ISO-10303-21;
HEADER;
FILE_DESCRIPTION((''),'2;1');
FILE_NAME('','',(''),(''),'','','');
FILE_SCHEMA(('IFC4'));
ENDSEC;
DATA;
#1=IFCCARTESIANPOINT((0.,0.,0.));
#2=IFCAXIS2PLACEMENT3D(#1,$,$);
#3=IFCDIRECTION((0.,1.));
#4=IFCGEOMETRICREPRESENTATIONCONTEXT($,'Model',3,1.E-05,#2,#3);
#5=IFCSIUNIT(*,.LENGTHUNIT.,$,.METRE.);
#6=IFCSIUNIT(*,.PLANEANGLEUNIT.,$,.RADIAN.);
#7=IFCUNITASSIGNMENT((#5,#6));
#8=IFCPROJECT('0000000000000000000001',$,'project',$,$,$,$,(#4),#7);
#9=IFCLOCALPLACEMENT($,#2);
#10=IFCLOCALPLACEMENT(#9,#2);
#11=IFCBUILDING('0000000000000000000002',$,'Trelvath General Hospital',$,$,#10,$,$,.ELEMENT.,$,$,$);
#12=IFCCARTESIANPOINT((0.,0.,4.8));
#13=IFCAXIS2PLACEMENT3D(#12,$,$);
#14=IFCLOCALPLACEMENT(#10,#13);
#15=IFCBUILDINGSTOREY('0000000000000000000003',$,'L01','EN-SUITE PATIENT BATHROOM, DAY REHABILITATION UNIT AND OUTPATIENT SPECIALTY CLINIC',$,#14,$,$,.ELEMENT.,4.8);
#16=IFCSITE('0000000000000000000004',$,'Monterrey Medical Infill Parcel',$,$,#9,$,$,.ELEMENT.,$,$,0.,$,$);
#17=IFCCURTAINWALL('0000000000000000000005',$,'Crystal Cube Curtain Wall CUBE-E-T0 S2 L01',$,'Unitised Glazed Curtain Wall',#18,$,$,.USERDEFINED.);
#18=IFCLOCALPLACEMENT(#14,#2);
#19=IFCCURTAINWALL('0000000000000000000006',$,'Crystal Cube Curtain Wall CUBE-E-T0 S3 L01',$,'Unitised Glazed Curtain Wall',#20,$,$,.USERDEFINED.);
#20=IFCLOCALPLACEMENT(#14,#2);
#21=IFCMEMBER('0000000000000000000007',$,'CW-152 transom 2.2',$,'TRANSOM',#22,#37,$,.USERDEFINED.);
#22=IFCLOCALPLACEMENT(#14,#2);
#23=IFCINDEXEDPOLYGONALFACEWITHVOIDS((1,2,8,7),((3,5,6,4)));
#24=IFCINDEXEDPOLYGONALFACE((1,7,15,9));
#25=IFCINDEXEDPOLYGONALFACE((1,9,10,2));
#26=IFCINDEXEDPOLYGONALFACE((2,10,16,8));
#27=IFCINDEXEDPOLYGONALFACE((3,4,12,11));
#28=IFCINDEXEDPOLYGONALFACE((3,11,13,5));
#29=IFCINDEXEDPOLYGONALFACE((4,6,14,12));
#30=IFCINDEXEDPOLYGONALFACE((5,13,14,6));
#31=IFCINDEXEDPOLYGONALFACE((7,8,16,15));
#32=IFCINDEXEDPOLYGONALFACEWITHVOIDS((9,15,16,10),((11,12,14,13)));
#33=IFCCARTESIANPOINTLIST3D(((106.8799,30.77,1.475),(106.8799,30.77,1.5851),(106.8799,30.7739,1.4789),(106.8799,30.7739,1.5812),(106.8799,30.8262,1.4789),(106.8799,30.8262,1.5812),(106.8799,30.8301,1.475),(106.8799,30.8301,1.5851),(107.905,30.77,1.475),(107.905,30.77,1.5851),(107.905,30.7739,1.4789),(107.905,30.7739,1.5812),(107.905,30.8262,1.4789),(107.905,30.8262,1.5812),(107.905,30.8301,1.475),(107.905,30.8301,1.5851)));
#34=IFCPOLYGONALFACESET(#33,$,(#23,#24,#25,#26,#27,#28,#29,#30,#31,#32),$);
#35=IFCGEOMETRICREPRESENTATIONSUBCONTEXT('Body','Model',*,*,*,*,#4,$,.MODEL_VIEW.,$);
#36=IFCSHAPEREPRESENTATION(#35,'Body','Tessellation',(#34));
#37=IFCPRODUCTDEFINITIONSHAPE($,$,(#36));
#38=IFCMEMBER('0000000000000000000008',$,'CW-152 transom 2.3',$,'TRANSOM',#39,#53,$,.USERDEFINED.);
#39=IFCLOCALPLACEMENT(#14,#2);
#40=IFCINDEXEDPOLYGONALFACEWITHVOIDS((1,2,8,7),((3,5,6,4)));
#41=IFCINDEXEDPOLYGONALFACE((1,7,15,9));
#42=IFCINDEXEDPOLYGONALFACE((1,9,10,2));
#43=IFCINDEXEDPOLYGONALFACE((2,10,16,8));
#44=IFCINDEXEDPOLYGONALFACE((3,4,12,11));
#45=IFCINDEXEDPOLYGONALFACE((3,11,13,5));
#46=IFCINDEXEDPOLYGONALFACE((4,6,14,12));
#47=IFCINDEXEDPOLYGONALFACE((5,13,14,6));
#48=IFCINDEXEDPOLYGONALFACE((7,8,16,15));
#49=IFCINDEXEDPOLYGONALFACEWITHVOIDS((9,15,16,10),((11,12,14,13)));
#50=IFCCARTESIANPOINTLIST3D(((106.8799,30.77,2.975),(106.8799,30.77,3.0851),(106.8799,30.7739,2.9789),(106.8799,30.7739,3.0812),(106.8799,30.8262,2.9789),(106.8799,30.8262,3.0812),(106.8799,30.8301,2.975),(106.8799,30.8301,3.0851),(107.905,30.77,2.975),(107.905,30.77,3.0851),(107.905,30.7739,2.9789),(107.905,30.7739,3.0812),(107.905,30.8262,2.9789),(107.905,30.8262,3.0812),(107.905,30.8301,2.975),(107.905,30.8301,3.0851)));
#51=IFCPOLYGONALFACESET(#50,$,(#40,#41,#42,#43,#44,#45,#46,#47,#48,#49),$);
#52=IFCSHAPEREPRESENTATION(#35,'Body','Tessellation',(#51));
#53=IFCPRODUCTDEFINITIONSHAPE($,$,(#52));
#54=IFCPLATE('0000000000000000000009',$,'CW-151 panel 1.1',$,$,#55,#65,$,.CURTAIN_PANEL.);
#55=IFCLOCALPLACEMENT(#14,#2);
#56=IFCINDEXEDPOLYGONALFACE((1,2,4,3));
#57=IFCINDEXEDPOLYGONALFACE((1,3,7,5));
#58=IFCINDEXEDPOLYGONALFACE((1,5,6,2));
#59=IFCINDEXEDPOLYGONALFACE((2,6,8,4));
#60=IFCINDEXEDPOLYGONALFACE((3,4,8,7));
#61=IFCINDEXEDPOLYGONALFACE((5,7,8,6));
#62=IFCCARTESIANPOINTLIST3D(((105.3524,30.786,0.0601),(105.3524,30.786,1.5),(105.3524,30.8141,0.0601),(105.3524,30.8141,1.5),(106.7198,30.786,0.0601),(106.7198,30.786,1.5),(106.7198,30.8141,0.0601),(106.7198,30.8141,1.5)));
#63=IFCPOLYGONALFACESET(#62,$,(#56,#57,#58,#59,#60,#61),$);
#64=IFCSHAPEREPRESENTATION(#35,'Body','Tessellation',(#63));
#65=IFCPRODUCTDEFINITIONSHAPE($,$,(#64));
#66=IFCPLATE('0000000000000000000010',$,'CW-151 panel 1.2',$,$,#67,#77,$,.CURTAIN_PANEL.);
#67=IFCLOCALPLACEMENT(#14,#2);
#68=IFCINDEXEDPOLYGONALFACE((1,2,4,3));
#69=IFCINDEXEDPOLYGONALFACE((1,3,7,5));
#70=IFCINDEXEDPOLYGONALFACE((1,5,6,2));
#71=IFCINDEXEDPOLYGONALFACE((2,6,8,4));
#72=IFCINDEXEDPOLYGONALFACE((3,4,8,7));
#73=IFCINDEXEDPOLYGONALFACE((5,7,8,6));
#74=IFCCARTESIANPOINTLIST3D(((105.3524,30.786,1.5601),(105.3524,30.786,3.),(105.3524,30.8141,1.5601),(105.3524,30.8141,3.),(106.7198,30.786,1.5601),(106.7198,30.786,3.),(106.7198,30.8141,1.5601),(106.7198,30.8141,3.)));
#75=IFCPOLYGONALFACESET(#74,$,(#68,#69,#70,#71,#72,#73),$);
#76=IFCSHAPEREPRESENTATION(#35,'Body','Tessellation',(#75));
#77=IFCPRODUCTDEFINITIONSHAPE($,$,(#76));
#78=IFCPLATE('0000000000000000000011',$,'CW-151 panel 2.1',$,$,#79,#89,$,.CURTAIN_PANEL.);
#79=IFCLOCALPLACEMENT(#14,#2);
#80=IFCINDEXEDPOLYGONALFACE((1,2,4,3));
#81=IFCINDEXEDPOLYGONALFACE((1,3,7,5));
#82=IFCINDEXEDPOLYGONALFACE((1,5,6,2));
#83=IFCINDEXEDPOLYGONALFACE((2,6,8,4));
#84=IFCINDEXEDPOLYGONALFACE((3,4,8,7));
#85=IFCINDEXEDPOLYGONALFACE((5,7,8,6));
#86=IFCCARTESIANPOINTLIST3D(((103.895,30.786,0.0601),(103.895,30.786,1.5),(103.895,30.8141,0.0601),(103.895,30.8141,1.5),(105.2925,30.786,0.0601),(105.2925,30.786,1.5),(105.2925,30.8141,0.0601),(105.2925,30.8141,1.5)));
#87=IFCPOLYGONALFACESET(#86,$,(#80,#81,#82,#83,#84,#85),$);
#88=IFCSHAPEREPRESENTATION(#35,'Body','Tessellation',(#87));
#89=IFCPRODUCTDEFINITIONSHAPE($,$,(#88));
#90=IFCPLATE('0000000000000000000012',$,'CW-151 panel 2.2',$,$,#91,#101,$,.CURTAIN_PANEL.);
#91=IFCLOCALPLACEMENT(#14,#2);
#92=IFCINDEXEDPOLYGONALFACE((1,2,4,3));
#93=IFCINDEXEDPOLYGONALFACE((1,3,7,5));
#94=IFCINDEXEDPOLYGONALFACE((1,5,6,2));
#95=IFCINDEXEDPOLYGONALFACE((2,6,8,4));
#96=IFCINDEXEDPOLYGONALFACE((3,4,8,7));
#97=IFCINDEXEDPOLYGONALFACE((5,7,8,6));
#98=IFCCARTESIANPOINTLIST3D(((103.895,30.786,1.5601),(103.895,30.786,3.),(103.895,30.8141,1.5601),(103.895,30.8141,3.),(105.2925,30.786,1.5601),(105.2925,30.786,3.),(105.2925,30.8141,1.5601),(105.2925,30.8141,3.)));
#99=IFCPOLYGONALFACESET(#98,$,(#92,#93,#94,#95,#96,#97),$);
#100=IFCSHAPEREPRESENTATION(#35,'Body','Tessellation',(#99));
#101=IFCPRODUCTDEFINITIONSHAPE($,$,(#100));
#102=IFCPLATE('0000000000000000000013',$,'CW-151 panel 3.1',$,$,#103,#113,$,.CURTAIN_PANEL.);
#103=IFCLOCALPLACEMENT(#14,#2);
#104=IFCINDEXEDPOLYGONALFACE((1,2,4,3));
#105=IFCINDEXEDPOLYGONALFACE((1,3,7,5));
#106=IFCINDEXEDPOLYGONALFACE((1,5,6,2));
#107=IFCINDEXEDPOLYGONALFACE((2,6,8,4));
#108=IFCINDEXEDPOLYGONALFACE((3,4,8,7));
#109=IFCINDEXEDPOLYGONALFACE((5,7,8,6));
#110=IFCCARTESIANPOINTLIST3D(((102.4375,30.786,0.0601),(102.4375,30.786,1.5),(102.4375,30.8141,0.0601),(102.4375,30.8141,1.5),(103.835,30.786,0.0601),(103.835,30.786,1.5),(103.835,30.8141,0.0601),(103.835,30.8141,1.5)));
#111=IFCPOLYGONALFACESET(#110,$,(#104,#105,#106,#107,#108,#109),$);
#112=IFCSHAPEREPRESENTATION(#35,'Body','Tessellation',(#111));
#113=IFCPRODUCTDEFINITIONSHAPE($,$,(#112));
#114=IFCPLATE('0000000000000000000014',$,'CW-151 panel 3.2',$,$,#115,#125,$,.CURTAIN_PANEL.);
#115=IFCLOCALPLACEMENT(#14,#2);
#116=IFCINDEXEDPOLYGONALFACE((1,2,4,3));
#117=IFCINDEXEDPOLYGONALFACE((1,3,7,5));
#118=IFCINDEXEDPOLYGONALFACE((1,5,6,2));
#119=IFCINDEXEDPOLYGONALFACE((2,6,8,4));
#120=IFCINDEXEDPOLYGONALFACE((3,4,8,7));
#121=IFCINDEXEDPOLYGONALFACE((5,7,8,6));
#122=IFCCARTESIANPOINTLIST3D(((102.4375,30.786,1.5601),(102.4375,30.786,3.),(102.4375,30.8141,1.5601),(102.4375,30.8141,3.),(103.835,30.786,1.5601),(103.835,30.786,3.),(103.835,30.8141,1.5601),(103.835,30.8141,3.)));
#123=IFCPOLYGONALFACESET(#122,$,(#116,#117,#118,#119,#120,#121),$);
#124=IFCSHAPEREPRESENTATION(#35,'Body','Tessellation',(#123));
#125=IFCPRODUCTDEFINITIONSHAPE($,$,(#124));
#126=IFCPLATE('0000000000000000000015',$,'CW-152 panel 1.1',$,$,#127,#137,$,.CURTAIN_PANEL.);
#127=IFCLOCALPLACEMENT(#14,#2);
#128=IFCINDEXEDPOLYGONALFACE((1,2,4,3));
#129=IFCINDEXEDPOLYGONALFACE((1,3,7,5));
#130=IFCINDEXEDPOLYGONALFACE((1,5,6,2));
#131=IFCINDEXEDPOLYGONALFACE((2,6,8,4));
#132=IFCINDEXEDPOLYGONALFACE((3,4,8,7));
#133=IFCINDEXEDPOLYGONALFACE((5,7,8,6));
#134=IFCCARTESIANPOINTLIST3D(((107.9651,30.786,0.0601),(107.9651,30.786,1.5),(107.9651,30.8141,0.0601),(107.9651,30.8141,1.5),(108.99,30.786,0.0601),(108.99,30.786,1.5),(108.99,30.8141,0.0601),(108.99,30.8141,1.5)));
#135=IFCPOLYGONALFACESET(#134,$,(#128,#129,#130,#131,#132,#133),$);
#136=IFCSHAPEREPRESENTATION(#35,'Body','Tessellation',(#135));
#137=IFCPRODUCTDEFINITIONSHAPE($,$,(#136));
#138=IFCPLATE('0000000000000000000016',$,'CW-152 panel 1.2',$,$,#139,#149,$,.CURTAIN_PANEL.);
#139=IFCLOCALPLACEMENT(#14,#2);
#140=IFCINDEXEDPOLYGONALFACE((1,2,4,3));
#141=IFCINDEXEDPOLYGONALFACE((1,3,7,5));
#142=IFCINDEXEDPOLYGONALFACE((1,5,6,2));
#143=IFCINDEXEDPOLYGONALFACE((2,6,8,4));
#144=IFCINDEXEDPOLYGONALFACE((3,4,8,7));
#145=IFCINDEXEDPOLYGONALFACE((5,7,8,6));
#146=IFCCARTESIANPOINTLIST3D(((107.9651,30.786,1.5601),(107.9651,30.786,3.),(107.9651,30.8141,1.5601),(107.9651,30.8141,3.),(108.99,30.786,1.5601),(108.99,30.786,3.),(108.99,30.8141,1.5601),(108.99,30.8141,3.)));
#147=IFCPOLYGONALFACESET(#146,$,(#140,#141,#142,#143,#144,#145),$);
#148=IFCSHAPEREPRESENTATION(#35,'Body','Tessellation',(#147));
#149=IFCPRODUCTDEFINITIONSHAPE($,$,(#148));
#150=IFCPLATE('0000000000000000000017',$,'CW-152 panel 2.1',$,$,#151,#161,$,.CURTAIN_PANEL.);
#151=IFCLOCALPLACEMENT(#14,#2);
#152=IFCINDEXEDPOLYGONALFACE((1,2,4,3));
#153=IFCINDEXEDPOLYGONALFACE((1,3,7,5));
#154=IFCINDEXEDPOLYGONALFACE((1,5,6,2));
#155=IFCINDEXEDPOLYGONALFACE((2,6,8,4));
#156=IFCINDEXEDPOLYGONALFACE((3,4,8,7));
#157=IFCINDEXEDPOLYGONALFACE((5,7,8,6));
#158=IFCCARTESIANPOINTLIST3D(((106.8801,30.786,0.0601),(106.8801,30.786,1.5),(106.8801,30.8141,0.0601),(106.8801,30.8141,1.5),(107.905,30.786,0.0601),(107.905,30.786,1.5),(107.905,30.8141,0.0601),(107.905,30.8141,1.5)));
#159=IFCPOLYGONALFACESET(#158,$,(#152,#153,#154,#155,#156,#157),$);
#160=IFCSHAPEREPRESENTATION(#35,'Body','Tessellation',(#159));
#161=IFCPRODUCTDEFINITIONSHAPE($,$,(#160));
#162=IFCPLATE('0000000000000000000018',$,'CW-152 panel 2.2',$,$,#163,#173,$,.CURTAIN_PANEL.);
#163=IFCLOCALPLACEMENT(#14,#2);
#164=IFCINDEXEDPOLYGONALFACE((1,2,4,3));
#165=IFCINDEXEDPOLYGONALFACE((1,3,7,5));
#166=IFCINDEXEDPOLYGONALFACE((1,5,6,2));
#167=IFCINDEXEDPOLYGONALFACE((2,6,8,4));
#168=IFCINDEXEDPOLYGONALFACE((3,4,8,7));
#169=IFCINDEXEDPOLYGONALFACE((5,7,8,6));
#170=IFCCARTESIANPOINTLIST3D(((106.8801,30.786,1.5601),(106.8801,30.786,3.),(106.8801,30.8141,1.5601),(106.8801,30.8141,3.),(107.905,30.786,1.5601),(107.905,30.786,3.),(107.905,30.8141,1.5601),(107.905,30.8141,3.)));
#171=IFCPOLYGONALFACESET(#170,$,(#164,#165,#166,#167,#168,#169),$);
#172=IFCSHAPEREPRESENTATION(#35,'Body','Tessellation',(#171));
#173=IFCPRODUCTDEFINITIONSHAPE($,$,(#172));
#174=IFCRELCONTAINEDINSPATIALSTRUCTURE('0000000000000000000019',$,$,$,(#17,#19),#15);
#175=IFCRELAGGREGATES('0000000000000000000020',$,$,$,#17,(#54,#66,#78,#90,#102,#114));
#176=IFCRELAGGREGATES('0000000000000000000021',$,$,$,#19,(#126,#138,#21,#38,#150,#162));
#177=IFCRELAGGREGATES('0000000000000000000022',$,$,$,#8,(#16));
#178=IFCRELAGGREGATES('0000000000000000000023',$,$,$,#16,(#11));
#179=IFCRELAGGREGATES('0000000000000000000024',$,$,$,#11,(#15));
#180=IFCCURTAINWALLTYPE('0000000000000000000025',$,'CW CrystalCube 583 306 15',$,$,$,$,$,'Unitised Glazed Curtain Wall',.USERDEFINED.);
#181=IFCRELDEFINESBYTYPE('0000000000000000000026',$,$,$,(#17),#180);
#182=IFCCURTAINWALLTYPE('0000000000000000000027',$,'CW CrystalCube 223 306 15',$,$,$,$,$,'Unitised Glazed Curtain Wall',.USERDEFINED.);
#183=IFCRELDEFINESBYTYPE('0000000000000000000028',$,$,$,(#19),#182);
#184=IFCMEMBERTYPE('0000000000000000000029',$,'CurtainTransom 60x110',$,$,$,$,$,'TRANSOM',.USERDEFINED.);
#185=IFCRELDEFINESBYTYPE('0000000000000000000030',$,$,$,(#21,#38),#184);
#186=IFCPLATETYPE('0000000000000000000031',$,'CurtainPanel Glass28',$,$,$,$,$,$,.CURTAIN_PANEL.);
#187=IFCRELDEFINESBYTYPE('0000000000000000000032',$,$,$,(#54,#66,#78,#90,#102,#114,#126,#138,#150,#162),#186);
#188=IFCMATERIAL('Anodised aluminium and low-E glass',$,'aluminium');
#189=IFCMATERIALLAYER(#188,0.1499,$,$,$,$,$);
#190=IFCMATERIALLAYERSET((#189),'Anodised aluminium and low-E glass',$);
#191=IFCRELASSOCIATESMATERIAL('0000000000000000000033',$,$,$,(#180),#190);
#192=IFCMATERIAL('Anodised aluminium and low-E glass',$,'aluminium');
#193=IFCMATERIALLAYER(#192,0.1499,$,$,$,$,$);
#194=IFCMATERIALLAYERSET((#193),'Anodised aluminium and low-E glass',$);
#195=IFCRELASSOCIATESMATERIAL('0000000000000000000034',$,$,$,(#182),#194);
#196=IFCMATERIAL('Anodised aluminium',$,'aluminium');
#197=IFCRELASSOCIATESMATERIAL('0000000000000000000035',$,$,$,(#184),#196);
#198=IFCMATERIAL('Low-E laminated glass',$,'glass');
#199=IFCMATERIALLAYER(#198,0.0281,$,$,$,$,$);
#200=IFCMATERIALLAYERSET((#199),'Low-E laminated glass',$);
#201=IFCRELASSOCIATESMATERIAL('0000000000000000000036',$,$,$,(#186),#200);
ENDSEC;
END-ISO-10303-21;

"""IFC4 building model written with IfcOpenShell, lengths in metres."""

from ifc_helpers import new_model, si_unit, direction, frame, origin, origin_2d, place, context, subcontext, project, spatial, rectangle, hollow_rectangle, extrude, material, layer, layer_set, material_profile, profile_set, type_object, element, aggregate, save


model = new_model("IFC4")

# Units and contexts
model_context = context("Model", 3, precision=1e-05, world=origin(), true_north=direction((0.0, 1.0)))
body_context = subcontext(model_context, "Body", "Model", "MODEL_VIEW")
ifc_project = project(units=[si_unit("LENGTHUNIT", "METRE"), si_unit("PLANEANGLEUNIT", "RADIAN")], contexts=[model_context])

# Site, building, storey
site_placement = place(None, origin())
site = spatial("IfcSite", under=ifc_project, at=site_placement, Name="Monterrey Medical Infill Parcel", CompositionType="ELEMENT", RefElevation=0.0)
building_placement = place(site_placement, origin())
building = spatial("IfcBuilding", under=site, at=building_placement, Name="Trelvath General Hospital", CompositionType="ELEMENT")
storey_placement = place(building_placement, frame((0.0, 0.0, 4.8)))
storey = spatial("IfcBuildingStorey", under=building, at=storey_placement, Name="L01", Description="EN-SUITE PATIENT BATHROOM, DAY REHABILITATION UNIT AND OUTPATIENT SPECIALTY CLINIC", CompositionType="ELEMENT", Elevation=4.8)

# Curtain walls
ifc_material_1 = material(Name="Anodised aluminium and low-E glass", Category="aluminium")
ifc_layer_1 = layer(ifc_material_1, 0.1499)
ifc_layer_set_1 = layer_set([ifc_layer_1], Name="Anodised aluminium and low-E glass")
curtain_wall_type_1 = type_object("IfcCurtainWallType", Name="CW CrystalCube 583 306 15", ElementType="Unitised Glazed Curtain Wall", PredefinedType="USERDEFINED", material=ifc_layer_set_1)
curtain_wall_1_placement = place(storey_placement, origin())
curtain_wall_1 = element("IfcCurtainWall", 1, at=curtain_wall_1_placement, inside=storey, type_object=curtain_wall_type_1, Name="Crystal Cube Curtain Wall CUBE-E-T0 S2 L01", ObjectType="Unitised Glazed Curtain Wall", PredefinedType="USERDEFINED")
ifc_material_2 = material(Name="Anodised aluminium and low-E glass", Category="aluminium")
ifc_layer_2 = layer(ifc_material_2, 0.1499)
ifc_layer_set_2 = layer_set([ifc_layer_2], Name="Anodised aluminium and low-E glass")
curtain_wall_type_2 = type_object("IfcCurtainWallType", Name="CW CrystalCube 223 306 15", ElementType="Unitised Glazed Curtain Wall", PredefinedType="USERDEFINED", material=ifc_layer_set_2)
curtain_wall_2_placement = place(storey_placement, origin())
curtain_wall_2 = element("IfcCurtainWall", 2, at=curtain_wall_2_placement, inside=storey, type_object=curtain_wall_type_2, Name="Crystal Cube Curtain Wall CUBE-E-T0 S3 L01", ObjectType="Unitised Glazed Curtain Wall", PredefinedType="USERDEFINED")

# Members
ifc_material_3 = material(Name="Anodised aluminium", Category="aluminium")
ifc_material_profile_1 = material_profile(ifc_material_3, hollow_rectangle(XDim=0.0601, YDim=0.1101, WallThickness=0.0039, at=origin_2d()), Name="RHS60x110x4")
ifc_profile_set_1 = profile_set([ifc_material_profile_1], Name="Anodised aluminium")
member_type_1 = type_object("IfcMemberType", Name="CurtainTransom 60x110", ElementType="TRANSOM", PredefinedType="USERDEFINED", material=ifc_profile_set_1)
member_1_placement = place(storey_placement, frame((107.905, 30.8, 1.53), z_axis=(-1.0, 0.0, 0.0), x_axis=(0.0, -1.0, 0.0)))
member_1 = element("IfcMember", 3, at=member_1_placement, type_object=member_type_1, Name="CW-152 transom 2.2", ObjectType="TRANSOM", PredefinedType="USERDEFINED", context=body_context, shape_type="SweptSolid", body=[
    extrude(hollow_rectangle(XDim=0.0601, YDim=0.1101, WallThickness=0.0039, at=origin_2d()), origin(), (0.0, 0.0, 1.0), 1.0251),
])
member_2_placement = place(storey_placement, frame((107.905, 30.8, 3.03), z_axis=(-1.0, 0.0, 0.0), x_axis=(0.0, -1.0, 0.0)))
member_2 = element("IfcMember", 4, at=member_2_placement, type_object=member_type_1, Name="CW-152 transom 2.3", ObjectType="TRANSOM", PredefinedType="USERDEFINED", context=body_context, shape_type="SweptSolid", body=[
    extrude(hollow_rectangle(XDim=0.0601, YDim=0.1101, WallThickness=0.0039, at=origin_2d()), origin(), (0.0, 0.0, 1.0), 1.0251),
])

# Plates
ifc_material_4 = material(Name="Low-E laminated glass", Category="glass")
ifc_layer_3 = layer(ifc_material_4, 0.0281)
ifc_layer_set_3 = layer_set([ifc_layer_3], Name="Low-E laminated glass")
plate_type = type_object("IfcPlateType", Name="CurtainPanel Glass28", PredefinedType="CURTAIN_PANEL", material=ifc_layer_set_3)
plate_1_placement = place(storey_placement, frame((106.0361, 30.8, 0.0601), z_axis=(0.0, 0.0, 1.0), x_axis=(-1.0, 0.0, 0.0)))
plate_1 = element("IfcPlate", 5, at=plate_1_placement, type_object=plate_type, Name="CW-151 panel 1.1", PredefinedType="CURTAIN_PANEL", context=body_context, shape_type="SweptSolid", body=[
    extrude(rectangle(XDim=1.3674, YDim=0.0281, at=origin_2d()), origin(), (0.0, 0.0, 1.0), 1.4399),
])
plate_2_placement = place(storey_placement, frame((106.0361, 30.8, 1.5601), z_axis=(0.0, 0.0, 1.0), x_axis=(-1.0, 0.0, 0.0)))
plate_2 = element("IfcPlate", 6, at=plate_2_placement, type_object=plate_type, Name="CW-151 panel 1.2", PredefinedType="CURTAIN_PANEL", context=body_context, shape_type="SweptSolid", body=[
    extrude(rectangle(XDim=1.3674, YDim=0.0281, at=origin_2d()), origin(), (0.0, 0.0, 1.0), 1.4399),
])
plate_3_placement = place(storey_placement, frame((104.5938, 30.8, 0.0601), z_axis=(0.0, 0.0, 1.0), x_axis=(-1.0, 0.0, 0.0)))
plate_3 = element("IfcPlate", 7, at=plate_3_placement, type_object=plate_type, Name="CW-151 panel 2.1", PredefinedType="CURTAIN_PANEL", context=body_context, shape_type="SweptSolid", body=[
    extrude(rectangle(XDim=1.3975, YDim=0.0281, at=origin_2d()), origin(), (0.0, 0.0, 1.0), 1.4399),
])
plate_4_placement = place(storey_placement, frame((104.5938, 30.8, 1.5601), z_axis=(0.0, 0.0, 1.0), x_axis=(-1.0, 0.0, 0.0)))
plate_4 = element("IfcPlate", 8, at=plate_4_placement, type_object=plate_type, Name="CW-151 panel 2.2", PredefinedType="CURTAIN_PANEL", context=body_context, shape_type="SweptSolid", body=[
    extrude(rectangle(XDim=1.3975, YDim=0.0281, at=origin_2d()), origin(), (0.0, 0.0, 1.0), 1.4399),
])
plate_5_placement = place(storey_placement, frame((103.1362, 30.8, 0.0601), z_axis=(0.0, 0.0, 1.0), x_axis=(-1.0, 0.0, 0.0)))
plate_5 = element("IfcPlate", 9, at=plate_5_placement, type_object=plate_type, Name="CW-151 panel 3.1", PredefinedType="CURTAIN_PANEL", context=body_context, shape_type="SweptSolid", body=[
    extrude(rectangle(XDim=1.3975, YDim=0.0281, at=origin_2d()), origin(), (0.0, 0.0, 1.0), 1.4399),
])
plate_6_placement = place(storey_placement, frame((103.1362, 30.8, 1.5601), z_axis=(0.0, 0.0, 1.0), x_axis=(-1.0, 0.0, 0.0)))
plate_6 = element("IfcPlate", 10, at=plate_6_placement, type_object=plate_type, Name="CW-151 panel 3.2", PredefinedType="CURTAIN_PANEL", context=body_context, shape_type="SweptSolid", body=[
    extrude(rectangle(XDim=1.3975, YDim=0.0281, at=origin_2d()), origin(), (0.0, 0.0, 1.0), 1.4399),
])
aggregate(curtain_wall_1, [plate_1, plate_2, plate_3, plate_4, plate_5, plate_6])
plate_7_placement = place(storey_placement, frame((108.4775, 30.8, 0.0601), z_axis=(0.0, 0.0, 1.0), x_axis=(-1.0, 0.0, 0.0)))
plate_7 = element("IfcPlate", 11, at=plate_7_placement, type_object=plate_type, Name="CW-152 panel 1.1", PredefinedType="CURTAIN_PANEL", context=body_context, shape_type="SweptSolid", body=[
    extrude(rectangle(XDim=1.0249, YDim=0.0281, at=origin_2d()), origin(), (0.0, 0.0, 1.0), 1.4399),
])
plate_8_placement = place(storey_placement, frame((108.4775, 30.8, 1.5601), z_axis=(0.0, 0.0, 1.0), x_axis=(-1.0, 0.0, 0.0)))
plate_8 = element("IfcPlate", 12, at=plate_8_placement, type_object=plate_type, Name="CW-152 panel 1.2", PredefinedType="CURTAIN_PANEL", context=body_context, shape_type="SweptSolid", body=[
    extrude(rectangle(XDim=1.0249, YDim=0.0281, at=origin_2d()), origin(), (0.0, 0.0, 1.0), 1.4399),
])
plate_9_placement = place(storey_placement, frame((107.3926, 30.8, 0.0601), z_axis=(0.0, 0.0, 1.0), x_axis=(-1.0, 0.0, 0.0)))
plate_9 = element("IfcPlate", 13, at=plate_9_placement, type_object=plate_type, Name="CW-152 panel 2.1", PredefinedType="CURTAIN_PANEL", context=body_context, shape_type="SweptSolid", body=[
    extrude(rectangle(XDim=1.0249, YDim=0.0281, at=origin_2d()), origin(), (0.0, 0.0, 1.0), 1.4399),
])
plate_10_placement = place(storey_placement, frame((107.3926, 30.8, 1.5601), z_axis=(0.0, 0.0, 1.0), x_axis=(-1.0, 0.0, 0.0)))
plate_10 = element("IfcPlate", 14, at=plate_10_placement, type_object=plate_type, Name="CW-152 panel 2.2", PredefinedType="CURTAIN_PANEL", context=body_context, shape_type="SweptSolid", body=[
    extrude(rectangle(XDim=1.0249, YDim=0.0281, at=origin_2d()), origin(), (0.0, 0.0, 1.0), 1.4399),
])
aggregate(curtain_wall_2, [plate_7, plate_8, member_1, member_2, plate_9, plate_10])

save(model, "model.ifc")
